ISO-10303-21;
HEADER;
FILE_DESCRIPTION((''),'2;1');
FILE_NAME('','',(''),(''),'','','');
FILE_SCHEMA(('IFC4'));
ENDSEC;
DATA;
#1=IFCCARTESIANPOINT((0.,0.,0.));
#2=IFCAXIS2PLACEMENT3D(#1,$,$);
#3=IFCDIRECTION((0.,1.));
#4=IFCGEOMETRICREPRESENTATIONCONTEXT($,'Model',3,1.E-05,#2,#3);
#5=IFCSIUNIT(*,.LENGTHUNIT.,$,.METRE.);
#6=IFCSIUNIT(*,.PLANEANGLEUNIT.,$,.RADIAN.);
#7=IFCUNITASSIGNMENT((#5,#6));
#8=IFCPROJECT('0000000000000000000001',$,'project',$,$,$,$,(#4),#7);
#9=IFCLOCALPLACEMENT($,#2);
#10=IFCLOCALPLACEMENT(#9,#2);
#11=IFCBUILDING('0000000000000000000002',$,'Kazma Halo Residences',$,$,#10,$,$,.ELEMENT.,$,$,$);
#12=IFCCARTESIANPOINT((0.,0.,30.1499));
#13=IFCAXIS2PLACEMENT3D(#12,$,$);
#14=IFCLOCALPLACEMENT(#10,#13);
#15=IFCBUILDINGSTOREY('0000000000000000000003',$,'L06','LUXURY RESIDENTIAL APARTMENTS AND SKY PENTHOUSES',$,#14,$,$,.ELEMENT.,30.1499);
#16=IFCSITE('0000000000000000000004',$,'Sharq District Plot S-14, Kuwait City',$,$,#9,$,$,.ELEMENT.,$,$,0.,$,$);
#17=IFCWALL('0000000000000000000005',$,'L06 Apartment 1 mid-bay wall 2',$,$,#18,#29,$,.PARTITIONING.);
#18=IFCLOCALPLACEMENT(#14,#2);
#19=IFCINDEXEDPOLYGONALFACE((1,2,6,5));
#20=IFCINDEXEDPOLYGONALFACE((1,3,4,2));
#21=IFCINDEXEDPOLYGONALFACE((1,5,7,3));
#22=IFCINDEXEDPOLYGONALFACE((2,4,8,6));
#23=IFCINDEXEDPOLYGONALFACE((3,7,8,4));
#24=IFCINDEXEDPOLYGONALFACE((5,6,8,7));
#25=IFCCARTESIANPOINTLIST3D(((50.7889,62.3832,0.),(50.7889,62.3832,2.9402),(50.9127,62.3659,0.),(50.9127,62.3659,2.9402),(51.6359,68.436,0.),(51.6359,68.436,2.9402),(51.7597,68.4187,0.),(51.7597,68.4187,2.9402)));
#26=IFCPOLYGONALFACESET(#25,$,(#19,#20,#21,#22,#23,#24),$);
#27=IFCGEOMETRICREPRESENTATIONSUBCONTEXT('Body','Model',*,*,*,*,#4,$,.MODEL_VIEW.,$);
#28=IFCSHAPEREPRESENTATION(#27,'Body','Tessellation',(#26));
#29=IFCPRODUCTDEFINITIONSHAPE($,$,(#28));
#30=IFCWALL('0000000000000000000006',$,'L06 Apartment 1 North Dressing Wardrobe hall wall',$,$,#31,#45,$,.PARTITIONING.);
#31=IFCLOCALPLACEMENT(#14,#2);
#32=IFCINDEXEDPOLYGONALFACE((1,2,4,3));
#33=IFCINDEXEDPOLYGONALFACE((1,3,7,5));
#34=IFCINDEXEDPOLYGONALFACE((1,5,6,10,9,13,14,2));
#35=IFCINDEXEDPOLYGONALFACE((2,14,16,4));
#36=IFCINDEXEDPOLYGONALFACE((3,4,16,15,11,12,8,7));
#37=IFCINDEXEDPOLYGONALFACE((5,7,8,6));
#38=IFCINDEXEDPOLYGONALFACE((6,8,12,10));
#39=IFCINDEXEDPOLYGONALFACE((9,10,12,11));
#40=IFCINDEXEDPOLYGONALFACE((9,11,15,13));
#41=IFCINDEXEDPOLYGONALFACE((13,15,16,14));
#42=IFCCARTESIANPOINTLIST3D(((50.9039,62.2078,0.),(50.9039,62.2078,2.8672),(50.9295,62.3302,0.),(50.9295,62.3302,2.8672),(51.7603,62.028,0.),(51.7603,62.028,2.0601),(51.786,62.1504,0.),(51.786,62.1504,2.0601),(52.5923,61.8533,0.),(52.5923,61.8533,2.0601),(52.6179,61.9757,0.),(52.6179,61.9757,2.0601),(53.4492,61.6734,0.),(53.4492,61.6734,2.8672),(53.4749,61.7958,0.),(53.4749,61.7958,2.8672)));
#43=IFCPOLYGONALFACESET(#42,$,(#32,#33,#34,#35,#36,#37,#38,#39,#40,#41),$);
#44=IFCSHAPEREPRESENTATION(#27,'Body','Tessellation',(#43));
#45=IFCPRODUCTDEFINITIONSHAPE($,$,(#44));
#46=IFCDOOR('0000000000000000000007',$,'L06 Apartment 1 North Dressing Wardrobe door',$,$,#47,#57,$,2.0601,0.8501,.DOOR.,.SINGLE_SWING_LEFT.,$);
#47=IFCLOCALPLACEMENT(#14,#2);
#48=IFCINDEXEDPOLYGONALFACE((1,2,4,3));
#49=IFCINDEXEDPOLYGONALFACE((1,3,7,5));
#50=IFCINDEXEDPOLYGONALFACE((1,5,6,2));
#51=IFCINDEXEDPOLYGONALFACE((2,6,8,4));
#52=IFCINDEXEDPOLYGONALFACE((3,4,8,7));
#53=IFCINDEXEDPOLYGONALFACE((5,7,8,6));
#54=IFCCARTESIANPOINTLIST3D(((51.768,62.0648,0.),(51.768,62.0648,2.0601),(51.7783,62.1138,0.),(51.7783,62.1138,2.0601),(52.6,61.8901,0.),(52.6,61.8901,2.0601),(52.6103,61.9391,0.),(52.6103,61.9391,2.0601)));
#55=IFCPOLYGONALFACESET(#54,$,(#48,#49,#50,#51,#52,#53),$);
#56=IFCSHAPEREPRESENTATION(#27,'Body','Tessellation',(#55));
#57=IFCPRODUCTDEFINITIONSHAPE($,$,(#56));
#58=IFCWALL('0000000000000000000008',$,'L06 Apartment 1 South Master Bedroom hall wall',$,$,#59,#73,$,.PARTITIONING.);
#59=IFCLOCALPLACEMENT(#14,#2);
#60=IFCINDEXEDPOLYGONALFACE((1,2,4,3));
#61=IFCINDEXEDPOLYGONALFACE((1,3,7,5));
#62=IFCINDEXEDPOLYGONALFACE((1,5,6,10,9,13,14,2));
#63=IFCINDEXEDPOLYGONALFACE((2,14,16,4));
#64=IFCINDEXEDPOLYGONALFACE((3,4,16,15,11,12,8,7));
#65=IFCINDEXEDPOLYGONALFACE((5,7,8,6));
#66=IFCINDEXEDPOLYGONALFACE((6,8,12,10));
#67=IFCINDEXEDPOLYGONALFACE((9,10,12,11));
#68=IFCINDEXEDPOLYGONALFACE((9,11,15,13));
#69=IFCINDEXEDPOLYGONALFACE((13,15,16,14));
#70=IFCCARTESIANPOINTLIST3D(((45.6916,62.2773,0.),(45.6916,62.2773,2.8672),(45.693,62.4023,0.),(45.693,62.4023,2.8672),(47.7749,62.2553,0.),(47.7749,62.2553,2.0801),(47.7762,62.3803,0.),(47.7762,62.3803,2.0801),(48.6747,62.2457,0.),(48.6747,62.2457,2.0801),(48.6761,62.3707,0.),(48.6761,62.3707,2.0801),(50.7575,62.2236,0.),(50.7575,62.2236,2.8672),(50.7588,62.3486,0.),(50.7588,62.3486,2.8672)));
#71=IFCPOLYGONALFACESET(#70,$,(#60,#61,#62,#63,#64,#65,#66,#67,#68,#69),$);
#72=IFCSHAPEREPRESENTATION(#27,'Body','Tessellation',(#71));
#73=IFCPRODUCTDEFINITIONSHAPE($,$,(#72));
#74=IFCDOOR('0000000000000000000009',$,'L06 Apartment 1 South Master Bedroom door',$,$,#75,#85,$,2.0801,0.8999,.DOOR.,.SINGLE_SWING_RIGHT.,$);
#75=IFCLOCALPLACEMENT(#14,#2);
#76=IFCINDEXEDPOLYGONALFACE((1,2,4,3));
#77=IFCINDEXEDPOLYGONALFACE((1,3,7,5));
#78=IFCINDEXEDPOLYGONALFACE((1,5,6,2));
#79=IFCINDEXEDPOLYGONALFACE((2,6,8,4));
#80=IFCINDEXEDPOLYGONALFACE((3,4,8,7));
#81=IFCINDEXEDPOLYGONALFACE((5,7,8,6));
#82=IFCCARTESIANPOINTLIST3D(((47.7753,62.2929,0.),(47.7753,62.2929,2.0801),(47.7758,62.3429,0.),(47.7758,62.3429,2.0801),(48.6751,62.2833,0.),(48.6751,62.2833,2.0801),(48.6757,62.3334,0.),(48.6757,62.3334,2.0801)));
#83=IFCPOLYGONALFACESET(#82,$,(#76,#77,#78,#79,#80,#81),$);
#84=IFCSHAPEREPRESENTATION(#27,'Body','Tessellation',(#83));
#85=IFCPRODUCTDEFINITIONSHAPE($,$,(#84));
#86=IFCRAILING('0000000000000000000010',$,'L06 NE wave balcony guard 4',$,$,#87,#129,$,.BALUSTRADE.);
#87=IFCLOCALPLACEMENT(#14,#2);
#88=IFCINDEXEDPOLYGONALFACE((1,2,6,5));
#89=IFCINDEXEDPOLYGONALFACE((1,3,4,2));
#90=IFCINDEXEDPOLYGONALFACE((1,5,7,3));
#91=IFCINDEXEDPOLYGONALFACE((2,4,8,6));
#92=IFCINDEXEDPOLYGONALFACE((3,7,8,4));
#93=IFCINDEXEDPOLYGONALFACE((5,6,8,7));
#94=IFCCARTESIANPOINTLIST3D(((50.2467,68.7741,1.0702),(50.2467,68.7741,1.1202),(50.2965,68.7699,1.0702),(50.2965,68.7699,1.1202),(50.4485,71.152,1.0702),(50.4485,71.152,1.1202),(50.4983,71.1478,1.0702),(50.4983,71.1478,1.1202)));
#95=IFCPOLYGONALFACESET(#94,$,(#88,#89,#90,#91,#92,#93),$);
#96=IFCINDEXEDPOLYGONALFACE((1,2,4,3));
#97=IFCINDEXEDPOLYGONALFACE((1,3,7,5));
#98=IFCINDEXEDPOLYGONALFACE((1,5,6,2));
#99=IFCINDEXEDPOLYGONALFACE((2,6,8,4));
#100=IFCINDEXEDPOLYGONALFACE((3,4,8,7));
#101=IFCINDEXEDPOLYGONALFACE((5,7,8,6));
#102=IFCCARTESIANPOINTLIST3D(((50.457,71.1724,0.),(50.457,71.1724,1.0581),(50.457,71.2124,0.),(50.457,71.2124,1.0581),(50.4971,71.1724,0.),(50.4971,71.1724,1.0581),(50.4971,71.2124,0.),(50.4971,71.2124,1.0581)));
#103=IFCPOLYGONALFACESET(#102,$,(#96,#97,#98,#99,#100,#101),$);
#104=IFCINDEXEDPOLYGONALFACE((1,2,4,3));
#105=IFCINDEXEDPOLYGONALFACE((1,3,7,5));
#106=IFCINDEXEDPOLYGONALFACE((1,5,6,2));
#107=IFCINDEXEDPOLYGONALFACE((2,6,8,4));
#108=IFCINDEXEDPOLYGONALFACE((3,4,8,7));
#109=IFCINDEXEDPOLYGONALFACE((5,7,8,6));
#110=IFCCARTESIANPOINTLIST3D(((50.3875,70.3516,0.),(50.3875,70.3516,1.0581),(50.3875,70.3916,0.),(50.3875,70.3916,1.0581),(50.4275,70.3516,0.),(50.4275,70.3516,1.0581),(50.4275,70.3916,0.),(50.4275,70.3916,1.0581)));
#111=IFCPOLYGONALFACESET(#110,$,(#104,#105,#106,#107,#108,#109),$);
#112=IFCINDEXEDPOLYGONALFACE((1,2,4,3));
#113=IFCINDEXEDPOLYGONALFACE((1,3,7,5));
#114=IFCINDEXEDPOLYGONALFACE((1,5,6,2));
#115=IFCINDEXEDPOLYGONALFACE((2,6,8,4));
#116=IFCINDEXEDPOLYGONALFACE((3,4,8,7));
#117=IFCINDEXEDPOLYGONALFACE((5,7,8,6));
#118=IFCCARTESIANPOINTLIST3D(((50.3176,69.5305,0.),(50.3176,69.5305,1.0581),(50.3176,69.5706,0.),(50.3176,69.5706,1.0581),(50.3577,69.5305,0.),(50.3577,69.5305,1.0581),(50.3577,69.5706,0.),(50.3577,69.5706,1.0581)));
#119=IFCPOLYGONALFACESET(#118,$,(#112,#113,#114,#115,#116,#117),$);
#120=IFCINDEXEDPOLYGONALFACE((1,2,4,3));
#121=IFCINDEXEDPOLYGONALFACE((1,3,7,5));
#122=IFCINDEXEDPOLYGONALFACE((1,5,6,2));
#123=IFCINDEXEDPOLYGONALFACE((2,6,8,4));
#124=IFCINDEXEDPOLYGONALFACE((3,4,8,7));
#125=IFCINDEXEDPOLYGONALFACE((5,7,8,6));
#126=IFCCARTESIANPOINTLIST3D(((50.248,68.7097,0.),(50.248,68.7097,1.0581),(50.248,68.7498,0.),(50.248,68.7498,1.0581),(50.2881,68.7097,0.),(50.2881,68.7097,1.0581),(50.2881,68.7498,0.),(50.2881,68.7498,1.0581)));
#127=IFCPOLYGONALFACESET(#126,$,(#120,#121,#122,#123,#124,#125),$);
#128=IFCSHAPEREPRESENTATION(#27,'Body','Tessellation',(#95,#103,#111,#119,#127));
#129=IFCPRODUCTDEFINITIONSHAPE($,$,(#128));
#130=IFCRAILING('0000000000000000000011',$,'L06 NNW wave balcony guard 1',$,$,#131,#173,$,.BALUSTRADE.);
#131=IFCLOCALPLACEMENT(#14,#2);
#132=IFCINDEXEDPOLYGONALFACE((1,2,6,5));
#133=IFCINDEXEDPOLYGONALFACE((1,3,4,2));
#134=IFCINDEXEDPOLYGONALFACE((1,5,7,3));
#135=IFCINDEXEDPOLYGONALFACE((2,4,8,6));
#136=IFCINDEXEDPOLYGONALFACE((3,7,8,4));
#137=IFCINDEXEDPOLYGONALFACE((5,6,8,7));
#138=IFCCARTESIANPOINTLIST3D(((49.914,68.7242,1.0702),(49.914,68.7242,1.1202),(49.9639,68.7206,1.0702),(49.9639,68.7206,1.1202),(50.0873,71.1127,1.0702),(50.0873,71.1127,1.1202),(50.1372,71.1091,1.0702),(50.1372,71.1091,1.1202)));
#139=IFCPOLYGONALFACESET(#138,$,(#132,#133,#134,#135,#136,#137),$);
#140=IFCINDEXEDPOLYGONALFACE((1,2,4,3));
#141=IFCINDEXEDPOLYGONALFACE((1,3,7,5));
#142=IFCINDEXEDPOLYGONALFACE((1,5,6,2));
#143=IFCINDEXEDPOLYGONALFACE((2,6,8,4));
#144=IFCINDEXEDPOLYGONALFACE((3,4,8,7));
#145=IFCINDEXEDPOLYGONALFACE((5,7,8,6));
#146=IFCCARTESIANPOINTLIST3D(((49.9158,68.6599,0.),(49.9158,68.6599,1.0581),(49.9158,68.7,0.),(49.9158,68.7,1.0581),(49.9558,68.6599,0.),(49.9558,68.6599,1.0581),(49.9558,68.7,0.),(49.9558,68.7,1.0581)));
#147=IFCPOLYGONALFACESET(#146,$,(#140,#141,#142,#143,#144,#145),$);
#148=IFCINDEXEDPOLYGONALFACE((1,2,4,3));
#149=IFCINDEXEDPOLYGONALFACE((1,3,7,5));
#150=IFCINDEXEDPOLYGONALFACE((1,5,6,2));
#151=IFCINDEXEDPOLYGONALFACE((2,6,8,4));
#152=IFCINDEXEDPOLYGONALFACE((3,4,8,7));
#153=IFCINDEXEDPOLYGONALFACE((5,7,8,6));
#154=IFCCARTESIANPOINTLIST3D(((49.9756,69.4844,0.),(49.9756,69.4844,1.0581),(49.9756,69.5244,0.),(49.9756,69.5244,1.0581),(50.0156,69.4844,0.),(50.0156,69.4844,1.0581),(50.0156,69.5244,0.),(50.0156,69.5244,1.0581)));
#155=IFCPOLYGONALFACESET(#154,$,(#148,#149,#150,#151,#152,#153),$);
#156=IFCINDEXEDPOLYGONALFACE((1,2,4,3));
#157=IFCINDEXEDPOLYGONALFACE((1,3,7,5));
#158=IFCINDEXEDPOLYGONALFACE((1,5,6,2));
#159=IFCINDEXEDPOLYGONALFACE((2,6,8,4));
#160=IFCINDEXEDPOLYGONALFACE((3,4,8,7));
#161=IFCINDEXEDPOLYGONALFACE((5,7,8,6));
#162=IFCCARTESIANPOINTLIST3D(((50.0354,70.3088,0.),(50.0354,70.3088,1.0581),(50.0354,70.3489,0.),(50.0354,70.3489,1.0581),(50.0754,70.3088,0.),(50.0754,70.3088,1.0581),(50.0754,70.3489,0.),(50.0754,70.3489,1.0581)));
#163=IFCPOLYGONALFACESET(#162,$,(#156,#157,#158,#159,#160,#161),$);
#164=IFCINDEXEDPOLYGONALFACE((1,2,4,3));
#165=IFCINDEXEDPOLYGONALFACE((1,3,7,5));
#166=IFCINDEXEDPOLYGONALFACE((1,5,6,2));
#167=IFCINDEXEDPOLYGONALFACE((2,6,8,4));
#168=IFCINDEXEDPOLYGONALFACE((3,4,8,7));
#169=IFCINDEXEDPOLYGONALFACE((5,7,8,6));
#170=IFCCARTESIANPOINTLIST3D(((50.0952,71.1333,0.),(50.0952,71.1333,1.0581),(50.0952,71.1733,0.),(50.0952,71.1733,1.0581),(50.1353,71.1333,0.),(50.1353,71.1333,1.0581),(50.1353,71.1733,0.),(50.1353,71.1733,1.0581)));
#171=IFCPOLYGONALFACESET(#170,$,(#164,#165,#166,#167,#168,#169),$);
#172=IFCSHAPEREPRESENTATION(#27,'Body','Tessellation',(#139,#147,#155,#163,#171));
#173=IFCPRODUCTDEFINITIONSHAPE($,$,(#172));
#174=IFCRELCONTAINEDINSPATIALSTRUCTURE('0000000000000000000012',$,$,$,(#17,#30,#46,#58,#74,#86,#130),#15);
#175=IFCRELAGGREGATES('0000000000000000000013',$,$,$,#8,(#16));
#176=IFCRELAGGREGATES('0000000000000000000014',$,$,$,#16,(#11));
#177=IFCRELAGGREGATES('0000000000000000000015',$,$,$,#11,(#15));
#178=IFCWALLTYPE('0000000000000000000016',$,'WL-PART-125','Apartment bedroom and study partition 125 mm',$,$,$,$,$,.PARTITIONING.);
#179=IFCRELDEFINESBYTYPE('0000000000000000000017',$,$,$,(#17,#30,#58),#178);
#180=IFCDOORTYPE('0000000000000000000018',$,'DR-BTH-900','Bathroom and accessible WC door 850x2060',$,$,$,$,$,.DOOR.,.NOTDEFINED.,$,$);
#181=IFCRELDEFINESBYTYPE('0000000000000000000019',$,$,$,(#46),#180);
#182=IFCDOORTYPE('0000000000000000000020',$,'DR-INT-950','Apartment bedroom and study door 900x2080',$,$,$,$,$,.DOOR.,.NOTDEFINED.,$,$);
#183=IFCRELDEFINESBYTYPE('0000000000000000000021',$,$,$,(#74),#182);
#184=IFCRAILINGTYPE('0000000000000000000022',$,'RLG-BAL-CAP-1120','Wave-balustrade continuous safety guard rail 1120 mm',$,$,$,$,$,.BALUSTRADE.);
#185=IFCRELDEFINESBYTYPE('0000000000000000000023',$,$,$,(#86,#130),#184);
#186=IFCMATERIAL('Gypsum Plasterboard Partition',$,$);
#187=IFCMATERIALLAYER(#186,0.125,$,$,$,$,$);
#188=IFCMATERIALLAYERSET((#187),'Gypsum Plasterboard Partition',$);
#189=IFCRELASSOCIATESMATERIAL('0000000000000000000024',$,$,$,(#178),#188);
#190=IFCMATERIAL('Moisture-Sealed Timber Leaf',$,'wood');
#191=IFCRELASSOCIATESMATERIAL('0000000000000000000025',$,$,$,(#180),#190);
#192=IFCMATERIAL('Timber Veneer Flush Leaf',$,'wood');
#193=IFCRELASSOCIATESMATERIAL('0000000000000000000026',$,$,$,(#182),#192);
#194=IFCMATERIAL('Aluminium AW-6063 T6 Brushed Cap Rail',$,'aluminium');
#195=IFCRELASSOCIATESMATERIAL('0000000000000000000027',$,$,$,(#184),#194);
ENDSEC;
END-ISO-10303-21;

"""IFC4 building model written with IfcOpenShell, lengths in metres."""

from ifc_helpers import new_model, si_unit, direction, frame, frame_2d, origin, origin_2d, place, context, subcontext, project, spatial, rectangle, extrude, material, layer, layer_set, type_object, element, fill, save


model = new_model("IFC4")

# Units and contexts
model_context = context("Model", 3, precision=1e-05, world=origin(), true_north=direction((0.0, 1.0)))
body_context = subcontext(model_context, "Body", "Model", "MODEL_VIEW")
ifc_project = project(units=[si_unit("LENGTHUNIT", "METRE"), si_unit("PLANEANGLEUNIT", "RADIAN")], contexts=[model_context])

# Site, building, storey
site_placement = place(None, origin())
site = spatial("IfcSite", under=ifc_project, at=site_placement, Name="Sharq District Plot S-14, Kuwait City", CompositionType="ELEMENT", RefElevation=0.0)
building_placement = place(site_placement, origin())
building = spatial("IfcBuilding", under=site, at=building_placement, Name="Kazma Halo Residences", CompositionType="ELEMENT")
storey_placement = place(building_placement, frame((0.0, 0.0, 30.1499)))
storey = spatial("IfcBuildingStorey", under=building, at=storey_placement, Name="L06", Description="LUXURY RESIDENTIAL APARTMENTS AND SKY PENTHOUSES", CompositionType="ELEMENT", Elevation=30.1499)

# Shared definitions
ifc_material_1 = material(Name="Gypsum Plasterboard Partition")
ifc_layer_1 = layer(ifc_material_1, 0.125)
ifc_layer_set_1 = layer_set([ifc_layer_1], Name="Gypsum Plasterboard Partition")
wall_type_1 = type_object("IfcWallType", Name="WL-PART-125", Description="Apartment bedroom and study partition 125 mm", PredefinedType="PARTITIONING", material=ifc_layer_set_1)

# Shared definitions
ifc_material_2 = material(Name="Moisture-Sealed Timber Leaf", Category="wood")
door_type_1 = type_object("IfcDoorType", Name="DR-BTH-900", Description="Bathroom and accessible WC door 850x2060", OperationType="NOTDEFINED", PredefinedType="DOOR", material=ifc_material_2)
ifc_material_3 = material(Name="Timber Veneer Flush Leaf", Category="wood")
door_type_2 = type_object("IfcDoorType", Name="DR-INT-950", Description="Apartment bedroom and study door 900x2080", OperationType="NOTDEFINED", PredefinedType="DOOR", material=ifc_material_3)

# Wall
wall_1_placement = place(storey_placement, frame((50.8508, 62.3745, 0.0), z_axis=(0.0, 0.0, 1.0), x_axis=(0.138574, 0.990352, 0.0)))
element("IfcWall", 1, at=wall_1_placement, inside=storey, type_object=wall_type_1, Name="L06 Apartment 1 mid-bay wall 2", PredefinedType="PARTITIONING", context=body_context, shape_type="SweptSolid", body=[
    extrude(rectangle(XDim=6.1118, YDim=0.125, at=frame_2d((3.0559, 0.0))), origin(), (0.0, 0.0, 1.0), 2.9402),
])

# Walls, openings, doors
wall_2_placement = place(storey_placement, frame((53.4619, 61.7346, 0.0), z_axis=(0.0, 0.0, 1.0), x_axis=(-0.978662, 0.205476, 0.0)))
wall_2 = element("IfcWall", 2, at=wall_2_placement, inside=storey, type_object=wall_type_1, Name="L06 Apartment 1 North Dressing Wardrobe hall wall", PredefinedType="PARTITIONING", context=body_context, shape_type="SweptSolid", body=[
    extrude(rectangle(XDim=2.6008, YDim=0.125, at=frame_2d((1.3003, 0.0))), origin(), (0.0, 0.0, 1.0), 2.8672),
])
opening_1_placement = place(wall_2_placement, frame((0.8755, 0.0, 0.0)))
opening_1 = element("IfcOpeningElement", 3, at=opening_1_placement, cuts=wall_2, PredefinedType="OPENING", context=body_context, shape_type="SweptSolid", body=[
    extrude(rectangle(XDim=0.8501, YDim=2.0601, at=frame_2d((0.425, 1.03))), frame((0.0, 0.0725, 0.0), z_axis=(0.0, -1.0, 0.0), x_axis=(1.0, 0.0, 0.0)), (0.0, 0.0, 1.0), 0.145),
])
door_1_placement = place(opening_1_placement, origin())
door_1 = element("IfcDoor", 4, at=door_1_placement, inside=storey, type_object=door_type_1, Name="L06 Apartment 1 North Dressing Wardrobe door", OperationType="SINGLE_SWING_LEFT", OverallHeight=2.0601, OverallWidth=0.8501, PredefinedType="DOOR", context=body_context, shape_type="SweptSolid", body=[
    extrude(rectangle(XDim=0.8501, YDim=2.0601, at=frame_2d((0.425, 1.03))), frame((0.0, 0.0249, 0.0), z_axis=(0.0, -1.0, 0.0), x_axis=(1.0, 0.0, 0.0)), (0.0, 0.0, 1.0), 0.05),
])
fill(opening_1, door_1)
wall_3_placement = place(storey_placement, frame((50.7583, 62.2861, 0.0), z_axis=(0.0, 0.0, 1.0), x_axis=(-0.999944, 0.010602, 0.0)))
wall_3 = element("IfcWall", 5, at=wall_3_placement, inside=storey, type_object=wall_type_1, Name="L06 Apartment 1 South Master Bedroom hall wall", PredefinedType="PARTITIONING", context=body_context, shape_type="SweptSolid", body=[
    extrude(rectangle(XDim=5.0662, YDim=0.125, at=frame_2d((2.5332, 0.0))), origin(), (0.0, 0.0, 1.0), 2.8672),
])
opening_2_placement = place(wall_3_placement, frame((2.083, 0.0, 0.0)))
opening_2 = element("IfcOpeningElement", 6, at=opening_2_placement, cuts=wall_3, PredefinedType="OPENING", context=body_context, shape_type="SweptSolid", body=[
    extrude(rectangle(XDim=0.8999, YDim=2.0801, at=frame_2d((0.45, 1.04))), frame((0.0, 0.0725, 0.0), z_axis=(0.0, -1.0, 0.0), x_axis=(1.0, 0.0, 0.0)), (0.0, 0.0, 1.0), 0.145),
])
door_2_placement = place(opening_2_placement, origin())
door_2 = element("IfcDoor", 7, at=door_2_placement, inside=storey, type_object=door_type_2, Name="L06 Apartment 1 South Master Bedroom door", OperationType="SINGLE_SWING_RIGHT", OverallHeight=2.0801, OverallWidth=0.8999, PredefinedType="DOOR", context=body_context, shape_type="SweptSolid", body=[
    extrude(rectangle(XDim=0.8999, YDim=2.0801, at=frame_2d((0.45, 1.04))), frame((0.0, 0.0249, 0.0), z_axis=(0.0, -1.0, 0.0), x_axis=(1.0, 0.0, 0.0)), (0.0, 0.0, 1.0), 0.05),
])
fill(opening_2, door_2)

# Railings
ifc_material_4 = material(Name="Aluminium AW-6063 T6 Brushed Cap Rail", Category="aluminium")
railing_type = type_object("IfcRailingType", Name="RLG-BAL-CAP-1120", Description="Wave-balustrade continuous safety guard rail 1120 mm", PredefinedType="BALUSTRADE", material=ifc_material_4)
railing_1_placement = place(storey_placement, frame((50.4771, 71.1924, 0.0)))
element("IfcRailing", 8, at=railing_1_placement, inside=storey, type_object=railing_type, Name="L06 NE wave balcony guard 4", PredefinedType="BALUSTRADE", context=body_context, shape_type="SweptSolid", body=[
    extrude(rectangle(XDim=0.05, YDim=0.05, at=origin_2d()), frame((-0.0037, -0.0425, 1.0952), z_axis=(-0.084558, -0.996419, 0.0), x_axis=(0.996419, -0.084558, 0.0)), (0.0, 0.0, 1.0), 2.3865),
    extrude(rectangle(XDim=0.04, YDim=0.04, at=origin_2d()), origin(), (0.0, 0.0, 1.0), 1.0581),
    extrude(rectangle(XDim=0.04, YDim=0.04, at=origin_2d()), frame((-0.0696, -0.8208, 0.0)), (0.0, 0.0, 1.0), 1.0581),
    extrude(rectangle(XDim=0.04, YDim=0.04, at=origin_2d()), frame((-0.1394, -1.6418, 0.0)), (0.0, 0.0, 1.0), 1.0581),
    extrude(rectangle(XDim=0.04, YDim=0.04, at=origin_2d()), frame((-0.209, -2.4626, 0.0)), (0.0, 0.0, 1.0), 1.0581),
])
railing_2_placement = place(storey_placement, frame((49.9358, 68.6799, 0.0)))
element("IfcRailing", 9, at=railing_2_placement, inside=storey, type_object=railing_type, Name="L06 NNW wave balcony guard 1", PredefinedType="BALUSTRADE", context=body_context, shape_type="SweptSolid", body=[
    extrude(rectangle(XDim=0.05, YDim=0.05, at=origin_2d()), frame((0.0032, 0.0425, 1.0952), z_axis=(0.072359, 0.997379, 0.0), x_axis=(-0.997379, 0.072359, 0.0)), (0.0, 0.0, 1.0), 2.3948),
    extrude(rectangle(XDim=0.04, YDim=0.04, at=origin_2d()), origin(), (0.0, 0.0, 1.0), 1.0581),
    extrude(rectangle(XDim=0.04, YDim=0.04, at=origin_2d()), frame((0.0598, 0.8245, 0.0)), (0.0, 0.0, 1.0), 1.0581),
    extrude(rectangle(XDim=0.04, YDim=0.04, at=origin_2d()), frame((0.1196, 1.6489, 0.0)), (0.0, 0.0, 1.0), 1.0581),
    extrude(rectangle(XDim=0.04, YDim=0.04, at=origin_2d()), frame((0.1794, 2.4734, 0.0)), (0.0, 0.0, 1.0), 1.0581),
])

save(model, "model.ifc")
